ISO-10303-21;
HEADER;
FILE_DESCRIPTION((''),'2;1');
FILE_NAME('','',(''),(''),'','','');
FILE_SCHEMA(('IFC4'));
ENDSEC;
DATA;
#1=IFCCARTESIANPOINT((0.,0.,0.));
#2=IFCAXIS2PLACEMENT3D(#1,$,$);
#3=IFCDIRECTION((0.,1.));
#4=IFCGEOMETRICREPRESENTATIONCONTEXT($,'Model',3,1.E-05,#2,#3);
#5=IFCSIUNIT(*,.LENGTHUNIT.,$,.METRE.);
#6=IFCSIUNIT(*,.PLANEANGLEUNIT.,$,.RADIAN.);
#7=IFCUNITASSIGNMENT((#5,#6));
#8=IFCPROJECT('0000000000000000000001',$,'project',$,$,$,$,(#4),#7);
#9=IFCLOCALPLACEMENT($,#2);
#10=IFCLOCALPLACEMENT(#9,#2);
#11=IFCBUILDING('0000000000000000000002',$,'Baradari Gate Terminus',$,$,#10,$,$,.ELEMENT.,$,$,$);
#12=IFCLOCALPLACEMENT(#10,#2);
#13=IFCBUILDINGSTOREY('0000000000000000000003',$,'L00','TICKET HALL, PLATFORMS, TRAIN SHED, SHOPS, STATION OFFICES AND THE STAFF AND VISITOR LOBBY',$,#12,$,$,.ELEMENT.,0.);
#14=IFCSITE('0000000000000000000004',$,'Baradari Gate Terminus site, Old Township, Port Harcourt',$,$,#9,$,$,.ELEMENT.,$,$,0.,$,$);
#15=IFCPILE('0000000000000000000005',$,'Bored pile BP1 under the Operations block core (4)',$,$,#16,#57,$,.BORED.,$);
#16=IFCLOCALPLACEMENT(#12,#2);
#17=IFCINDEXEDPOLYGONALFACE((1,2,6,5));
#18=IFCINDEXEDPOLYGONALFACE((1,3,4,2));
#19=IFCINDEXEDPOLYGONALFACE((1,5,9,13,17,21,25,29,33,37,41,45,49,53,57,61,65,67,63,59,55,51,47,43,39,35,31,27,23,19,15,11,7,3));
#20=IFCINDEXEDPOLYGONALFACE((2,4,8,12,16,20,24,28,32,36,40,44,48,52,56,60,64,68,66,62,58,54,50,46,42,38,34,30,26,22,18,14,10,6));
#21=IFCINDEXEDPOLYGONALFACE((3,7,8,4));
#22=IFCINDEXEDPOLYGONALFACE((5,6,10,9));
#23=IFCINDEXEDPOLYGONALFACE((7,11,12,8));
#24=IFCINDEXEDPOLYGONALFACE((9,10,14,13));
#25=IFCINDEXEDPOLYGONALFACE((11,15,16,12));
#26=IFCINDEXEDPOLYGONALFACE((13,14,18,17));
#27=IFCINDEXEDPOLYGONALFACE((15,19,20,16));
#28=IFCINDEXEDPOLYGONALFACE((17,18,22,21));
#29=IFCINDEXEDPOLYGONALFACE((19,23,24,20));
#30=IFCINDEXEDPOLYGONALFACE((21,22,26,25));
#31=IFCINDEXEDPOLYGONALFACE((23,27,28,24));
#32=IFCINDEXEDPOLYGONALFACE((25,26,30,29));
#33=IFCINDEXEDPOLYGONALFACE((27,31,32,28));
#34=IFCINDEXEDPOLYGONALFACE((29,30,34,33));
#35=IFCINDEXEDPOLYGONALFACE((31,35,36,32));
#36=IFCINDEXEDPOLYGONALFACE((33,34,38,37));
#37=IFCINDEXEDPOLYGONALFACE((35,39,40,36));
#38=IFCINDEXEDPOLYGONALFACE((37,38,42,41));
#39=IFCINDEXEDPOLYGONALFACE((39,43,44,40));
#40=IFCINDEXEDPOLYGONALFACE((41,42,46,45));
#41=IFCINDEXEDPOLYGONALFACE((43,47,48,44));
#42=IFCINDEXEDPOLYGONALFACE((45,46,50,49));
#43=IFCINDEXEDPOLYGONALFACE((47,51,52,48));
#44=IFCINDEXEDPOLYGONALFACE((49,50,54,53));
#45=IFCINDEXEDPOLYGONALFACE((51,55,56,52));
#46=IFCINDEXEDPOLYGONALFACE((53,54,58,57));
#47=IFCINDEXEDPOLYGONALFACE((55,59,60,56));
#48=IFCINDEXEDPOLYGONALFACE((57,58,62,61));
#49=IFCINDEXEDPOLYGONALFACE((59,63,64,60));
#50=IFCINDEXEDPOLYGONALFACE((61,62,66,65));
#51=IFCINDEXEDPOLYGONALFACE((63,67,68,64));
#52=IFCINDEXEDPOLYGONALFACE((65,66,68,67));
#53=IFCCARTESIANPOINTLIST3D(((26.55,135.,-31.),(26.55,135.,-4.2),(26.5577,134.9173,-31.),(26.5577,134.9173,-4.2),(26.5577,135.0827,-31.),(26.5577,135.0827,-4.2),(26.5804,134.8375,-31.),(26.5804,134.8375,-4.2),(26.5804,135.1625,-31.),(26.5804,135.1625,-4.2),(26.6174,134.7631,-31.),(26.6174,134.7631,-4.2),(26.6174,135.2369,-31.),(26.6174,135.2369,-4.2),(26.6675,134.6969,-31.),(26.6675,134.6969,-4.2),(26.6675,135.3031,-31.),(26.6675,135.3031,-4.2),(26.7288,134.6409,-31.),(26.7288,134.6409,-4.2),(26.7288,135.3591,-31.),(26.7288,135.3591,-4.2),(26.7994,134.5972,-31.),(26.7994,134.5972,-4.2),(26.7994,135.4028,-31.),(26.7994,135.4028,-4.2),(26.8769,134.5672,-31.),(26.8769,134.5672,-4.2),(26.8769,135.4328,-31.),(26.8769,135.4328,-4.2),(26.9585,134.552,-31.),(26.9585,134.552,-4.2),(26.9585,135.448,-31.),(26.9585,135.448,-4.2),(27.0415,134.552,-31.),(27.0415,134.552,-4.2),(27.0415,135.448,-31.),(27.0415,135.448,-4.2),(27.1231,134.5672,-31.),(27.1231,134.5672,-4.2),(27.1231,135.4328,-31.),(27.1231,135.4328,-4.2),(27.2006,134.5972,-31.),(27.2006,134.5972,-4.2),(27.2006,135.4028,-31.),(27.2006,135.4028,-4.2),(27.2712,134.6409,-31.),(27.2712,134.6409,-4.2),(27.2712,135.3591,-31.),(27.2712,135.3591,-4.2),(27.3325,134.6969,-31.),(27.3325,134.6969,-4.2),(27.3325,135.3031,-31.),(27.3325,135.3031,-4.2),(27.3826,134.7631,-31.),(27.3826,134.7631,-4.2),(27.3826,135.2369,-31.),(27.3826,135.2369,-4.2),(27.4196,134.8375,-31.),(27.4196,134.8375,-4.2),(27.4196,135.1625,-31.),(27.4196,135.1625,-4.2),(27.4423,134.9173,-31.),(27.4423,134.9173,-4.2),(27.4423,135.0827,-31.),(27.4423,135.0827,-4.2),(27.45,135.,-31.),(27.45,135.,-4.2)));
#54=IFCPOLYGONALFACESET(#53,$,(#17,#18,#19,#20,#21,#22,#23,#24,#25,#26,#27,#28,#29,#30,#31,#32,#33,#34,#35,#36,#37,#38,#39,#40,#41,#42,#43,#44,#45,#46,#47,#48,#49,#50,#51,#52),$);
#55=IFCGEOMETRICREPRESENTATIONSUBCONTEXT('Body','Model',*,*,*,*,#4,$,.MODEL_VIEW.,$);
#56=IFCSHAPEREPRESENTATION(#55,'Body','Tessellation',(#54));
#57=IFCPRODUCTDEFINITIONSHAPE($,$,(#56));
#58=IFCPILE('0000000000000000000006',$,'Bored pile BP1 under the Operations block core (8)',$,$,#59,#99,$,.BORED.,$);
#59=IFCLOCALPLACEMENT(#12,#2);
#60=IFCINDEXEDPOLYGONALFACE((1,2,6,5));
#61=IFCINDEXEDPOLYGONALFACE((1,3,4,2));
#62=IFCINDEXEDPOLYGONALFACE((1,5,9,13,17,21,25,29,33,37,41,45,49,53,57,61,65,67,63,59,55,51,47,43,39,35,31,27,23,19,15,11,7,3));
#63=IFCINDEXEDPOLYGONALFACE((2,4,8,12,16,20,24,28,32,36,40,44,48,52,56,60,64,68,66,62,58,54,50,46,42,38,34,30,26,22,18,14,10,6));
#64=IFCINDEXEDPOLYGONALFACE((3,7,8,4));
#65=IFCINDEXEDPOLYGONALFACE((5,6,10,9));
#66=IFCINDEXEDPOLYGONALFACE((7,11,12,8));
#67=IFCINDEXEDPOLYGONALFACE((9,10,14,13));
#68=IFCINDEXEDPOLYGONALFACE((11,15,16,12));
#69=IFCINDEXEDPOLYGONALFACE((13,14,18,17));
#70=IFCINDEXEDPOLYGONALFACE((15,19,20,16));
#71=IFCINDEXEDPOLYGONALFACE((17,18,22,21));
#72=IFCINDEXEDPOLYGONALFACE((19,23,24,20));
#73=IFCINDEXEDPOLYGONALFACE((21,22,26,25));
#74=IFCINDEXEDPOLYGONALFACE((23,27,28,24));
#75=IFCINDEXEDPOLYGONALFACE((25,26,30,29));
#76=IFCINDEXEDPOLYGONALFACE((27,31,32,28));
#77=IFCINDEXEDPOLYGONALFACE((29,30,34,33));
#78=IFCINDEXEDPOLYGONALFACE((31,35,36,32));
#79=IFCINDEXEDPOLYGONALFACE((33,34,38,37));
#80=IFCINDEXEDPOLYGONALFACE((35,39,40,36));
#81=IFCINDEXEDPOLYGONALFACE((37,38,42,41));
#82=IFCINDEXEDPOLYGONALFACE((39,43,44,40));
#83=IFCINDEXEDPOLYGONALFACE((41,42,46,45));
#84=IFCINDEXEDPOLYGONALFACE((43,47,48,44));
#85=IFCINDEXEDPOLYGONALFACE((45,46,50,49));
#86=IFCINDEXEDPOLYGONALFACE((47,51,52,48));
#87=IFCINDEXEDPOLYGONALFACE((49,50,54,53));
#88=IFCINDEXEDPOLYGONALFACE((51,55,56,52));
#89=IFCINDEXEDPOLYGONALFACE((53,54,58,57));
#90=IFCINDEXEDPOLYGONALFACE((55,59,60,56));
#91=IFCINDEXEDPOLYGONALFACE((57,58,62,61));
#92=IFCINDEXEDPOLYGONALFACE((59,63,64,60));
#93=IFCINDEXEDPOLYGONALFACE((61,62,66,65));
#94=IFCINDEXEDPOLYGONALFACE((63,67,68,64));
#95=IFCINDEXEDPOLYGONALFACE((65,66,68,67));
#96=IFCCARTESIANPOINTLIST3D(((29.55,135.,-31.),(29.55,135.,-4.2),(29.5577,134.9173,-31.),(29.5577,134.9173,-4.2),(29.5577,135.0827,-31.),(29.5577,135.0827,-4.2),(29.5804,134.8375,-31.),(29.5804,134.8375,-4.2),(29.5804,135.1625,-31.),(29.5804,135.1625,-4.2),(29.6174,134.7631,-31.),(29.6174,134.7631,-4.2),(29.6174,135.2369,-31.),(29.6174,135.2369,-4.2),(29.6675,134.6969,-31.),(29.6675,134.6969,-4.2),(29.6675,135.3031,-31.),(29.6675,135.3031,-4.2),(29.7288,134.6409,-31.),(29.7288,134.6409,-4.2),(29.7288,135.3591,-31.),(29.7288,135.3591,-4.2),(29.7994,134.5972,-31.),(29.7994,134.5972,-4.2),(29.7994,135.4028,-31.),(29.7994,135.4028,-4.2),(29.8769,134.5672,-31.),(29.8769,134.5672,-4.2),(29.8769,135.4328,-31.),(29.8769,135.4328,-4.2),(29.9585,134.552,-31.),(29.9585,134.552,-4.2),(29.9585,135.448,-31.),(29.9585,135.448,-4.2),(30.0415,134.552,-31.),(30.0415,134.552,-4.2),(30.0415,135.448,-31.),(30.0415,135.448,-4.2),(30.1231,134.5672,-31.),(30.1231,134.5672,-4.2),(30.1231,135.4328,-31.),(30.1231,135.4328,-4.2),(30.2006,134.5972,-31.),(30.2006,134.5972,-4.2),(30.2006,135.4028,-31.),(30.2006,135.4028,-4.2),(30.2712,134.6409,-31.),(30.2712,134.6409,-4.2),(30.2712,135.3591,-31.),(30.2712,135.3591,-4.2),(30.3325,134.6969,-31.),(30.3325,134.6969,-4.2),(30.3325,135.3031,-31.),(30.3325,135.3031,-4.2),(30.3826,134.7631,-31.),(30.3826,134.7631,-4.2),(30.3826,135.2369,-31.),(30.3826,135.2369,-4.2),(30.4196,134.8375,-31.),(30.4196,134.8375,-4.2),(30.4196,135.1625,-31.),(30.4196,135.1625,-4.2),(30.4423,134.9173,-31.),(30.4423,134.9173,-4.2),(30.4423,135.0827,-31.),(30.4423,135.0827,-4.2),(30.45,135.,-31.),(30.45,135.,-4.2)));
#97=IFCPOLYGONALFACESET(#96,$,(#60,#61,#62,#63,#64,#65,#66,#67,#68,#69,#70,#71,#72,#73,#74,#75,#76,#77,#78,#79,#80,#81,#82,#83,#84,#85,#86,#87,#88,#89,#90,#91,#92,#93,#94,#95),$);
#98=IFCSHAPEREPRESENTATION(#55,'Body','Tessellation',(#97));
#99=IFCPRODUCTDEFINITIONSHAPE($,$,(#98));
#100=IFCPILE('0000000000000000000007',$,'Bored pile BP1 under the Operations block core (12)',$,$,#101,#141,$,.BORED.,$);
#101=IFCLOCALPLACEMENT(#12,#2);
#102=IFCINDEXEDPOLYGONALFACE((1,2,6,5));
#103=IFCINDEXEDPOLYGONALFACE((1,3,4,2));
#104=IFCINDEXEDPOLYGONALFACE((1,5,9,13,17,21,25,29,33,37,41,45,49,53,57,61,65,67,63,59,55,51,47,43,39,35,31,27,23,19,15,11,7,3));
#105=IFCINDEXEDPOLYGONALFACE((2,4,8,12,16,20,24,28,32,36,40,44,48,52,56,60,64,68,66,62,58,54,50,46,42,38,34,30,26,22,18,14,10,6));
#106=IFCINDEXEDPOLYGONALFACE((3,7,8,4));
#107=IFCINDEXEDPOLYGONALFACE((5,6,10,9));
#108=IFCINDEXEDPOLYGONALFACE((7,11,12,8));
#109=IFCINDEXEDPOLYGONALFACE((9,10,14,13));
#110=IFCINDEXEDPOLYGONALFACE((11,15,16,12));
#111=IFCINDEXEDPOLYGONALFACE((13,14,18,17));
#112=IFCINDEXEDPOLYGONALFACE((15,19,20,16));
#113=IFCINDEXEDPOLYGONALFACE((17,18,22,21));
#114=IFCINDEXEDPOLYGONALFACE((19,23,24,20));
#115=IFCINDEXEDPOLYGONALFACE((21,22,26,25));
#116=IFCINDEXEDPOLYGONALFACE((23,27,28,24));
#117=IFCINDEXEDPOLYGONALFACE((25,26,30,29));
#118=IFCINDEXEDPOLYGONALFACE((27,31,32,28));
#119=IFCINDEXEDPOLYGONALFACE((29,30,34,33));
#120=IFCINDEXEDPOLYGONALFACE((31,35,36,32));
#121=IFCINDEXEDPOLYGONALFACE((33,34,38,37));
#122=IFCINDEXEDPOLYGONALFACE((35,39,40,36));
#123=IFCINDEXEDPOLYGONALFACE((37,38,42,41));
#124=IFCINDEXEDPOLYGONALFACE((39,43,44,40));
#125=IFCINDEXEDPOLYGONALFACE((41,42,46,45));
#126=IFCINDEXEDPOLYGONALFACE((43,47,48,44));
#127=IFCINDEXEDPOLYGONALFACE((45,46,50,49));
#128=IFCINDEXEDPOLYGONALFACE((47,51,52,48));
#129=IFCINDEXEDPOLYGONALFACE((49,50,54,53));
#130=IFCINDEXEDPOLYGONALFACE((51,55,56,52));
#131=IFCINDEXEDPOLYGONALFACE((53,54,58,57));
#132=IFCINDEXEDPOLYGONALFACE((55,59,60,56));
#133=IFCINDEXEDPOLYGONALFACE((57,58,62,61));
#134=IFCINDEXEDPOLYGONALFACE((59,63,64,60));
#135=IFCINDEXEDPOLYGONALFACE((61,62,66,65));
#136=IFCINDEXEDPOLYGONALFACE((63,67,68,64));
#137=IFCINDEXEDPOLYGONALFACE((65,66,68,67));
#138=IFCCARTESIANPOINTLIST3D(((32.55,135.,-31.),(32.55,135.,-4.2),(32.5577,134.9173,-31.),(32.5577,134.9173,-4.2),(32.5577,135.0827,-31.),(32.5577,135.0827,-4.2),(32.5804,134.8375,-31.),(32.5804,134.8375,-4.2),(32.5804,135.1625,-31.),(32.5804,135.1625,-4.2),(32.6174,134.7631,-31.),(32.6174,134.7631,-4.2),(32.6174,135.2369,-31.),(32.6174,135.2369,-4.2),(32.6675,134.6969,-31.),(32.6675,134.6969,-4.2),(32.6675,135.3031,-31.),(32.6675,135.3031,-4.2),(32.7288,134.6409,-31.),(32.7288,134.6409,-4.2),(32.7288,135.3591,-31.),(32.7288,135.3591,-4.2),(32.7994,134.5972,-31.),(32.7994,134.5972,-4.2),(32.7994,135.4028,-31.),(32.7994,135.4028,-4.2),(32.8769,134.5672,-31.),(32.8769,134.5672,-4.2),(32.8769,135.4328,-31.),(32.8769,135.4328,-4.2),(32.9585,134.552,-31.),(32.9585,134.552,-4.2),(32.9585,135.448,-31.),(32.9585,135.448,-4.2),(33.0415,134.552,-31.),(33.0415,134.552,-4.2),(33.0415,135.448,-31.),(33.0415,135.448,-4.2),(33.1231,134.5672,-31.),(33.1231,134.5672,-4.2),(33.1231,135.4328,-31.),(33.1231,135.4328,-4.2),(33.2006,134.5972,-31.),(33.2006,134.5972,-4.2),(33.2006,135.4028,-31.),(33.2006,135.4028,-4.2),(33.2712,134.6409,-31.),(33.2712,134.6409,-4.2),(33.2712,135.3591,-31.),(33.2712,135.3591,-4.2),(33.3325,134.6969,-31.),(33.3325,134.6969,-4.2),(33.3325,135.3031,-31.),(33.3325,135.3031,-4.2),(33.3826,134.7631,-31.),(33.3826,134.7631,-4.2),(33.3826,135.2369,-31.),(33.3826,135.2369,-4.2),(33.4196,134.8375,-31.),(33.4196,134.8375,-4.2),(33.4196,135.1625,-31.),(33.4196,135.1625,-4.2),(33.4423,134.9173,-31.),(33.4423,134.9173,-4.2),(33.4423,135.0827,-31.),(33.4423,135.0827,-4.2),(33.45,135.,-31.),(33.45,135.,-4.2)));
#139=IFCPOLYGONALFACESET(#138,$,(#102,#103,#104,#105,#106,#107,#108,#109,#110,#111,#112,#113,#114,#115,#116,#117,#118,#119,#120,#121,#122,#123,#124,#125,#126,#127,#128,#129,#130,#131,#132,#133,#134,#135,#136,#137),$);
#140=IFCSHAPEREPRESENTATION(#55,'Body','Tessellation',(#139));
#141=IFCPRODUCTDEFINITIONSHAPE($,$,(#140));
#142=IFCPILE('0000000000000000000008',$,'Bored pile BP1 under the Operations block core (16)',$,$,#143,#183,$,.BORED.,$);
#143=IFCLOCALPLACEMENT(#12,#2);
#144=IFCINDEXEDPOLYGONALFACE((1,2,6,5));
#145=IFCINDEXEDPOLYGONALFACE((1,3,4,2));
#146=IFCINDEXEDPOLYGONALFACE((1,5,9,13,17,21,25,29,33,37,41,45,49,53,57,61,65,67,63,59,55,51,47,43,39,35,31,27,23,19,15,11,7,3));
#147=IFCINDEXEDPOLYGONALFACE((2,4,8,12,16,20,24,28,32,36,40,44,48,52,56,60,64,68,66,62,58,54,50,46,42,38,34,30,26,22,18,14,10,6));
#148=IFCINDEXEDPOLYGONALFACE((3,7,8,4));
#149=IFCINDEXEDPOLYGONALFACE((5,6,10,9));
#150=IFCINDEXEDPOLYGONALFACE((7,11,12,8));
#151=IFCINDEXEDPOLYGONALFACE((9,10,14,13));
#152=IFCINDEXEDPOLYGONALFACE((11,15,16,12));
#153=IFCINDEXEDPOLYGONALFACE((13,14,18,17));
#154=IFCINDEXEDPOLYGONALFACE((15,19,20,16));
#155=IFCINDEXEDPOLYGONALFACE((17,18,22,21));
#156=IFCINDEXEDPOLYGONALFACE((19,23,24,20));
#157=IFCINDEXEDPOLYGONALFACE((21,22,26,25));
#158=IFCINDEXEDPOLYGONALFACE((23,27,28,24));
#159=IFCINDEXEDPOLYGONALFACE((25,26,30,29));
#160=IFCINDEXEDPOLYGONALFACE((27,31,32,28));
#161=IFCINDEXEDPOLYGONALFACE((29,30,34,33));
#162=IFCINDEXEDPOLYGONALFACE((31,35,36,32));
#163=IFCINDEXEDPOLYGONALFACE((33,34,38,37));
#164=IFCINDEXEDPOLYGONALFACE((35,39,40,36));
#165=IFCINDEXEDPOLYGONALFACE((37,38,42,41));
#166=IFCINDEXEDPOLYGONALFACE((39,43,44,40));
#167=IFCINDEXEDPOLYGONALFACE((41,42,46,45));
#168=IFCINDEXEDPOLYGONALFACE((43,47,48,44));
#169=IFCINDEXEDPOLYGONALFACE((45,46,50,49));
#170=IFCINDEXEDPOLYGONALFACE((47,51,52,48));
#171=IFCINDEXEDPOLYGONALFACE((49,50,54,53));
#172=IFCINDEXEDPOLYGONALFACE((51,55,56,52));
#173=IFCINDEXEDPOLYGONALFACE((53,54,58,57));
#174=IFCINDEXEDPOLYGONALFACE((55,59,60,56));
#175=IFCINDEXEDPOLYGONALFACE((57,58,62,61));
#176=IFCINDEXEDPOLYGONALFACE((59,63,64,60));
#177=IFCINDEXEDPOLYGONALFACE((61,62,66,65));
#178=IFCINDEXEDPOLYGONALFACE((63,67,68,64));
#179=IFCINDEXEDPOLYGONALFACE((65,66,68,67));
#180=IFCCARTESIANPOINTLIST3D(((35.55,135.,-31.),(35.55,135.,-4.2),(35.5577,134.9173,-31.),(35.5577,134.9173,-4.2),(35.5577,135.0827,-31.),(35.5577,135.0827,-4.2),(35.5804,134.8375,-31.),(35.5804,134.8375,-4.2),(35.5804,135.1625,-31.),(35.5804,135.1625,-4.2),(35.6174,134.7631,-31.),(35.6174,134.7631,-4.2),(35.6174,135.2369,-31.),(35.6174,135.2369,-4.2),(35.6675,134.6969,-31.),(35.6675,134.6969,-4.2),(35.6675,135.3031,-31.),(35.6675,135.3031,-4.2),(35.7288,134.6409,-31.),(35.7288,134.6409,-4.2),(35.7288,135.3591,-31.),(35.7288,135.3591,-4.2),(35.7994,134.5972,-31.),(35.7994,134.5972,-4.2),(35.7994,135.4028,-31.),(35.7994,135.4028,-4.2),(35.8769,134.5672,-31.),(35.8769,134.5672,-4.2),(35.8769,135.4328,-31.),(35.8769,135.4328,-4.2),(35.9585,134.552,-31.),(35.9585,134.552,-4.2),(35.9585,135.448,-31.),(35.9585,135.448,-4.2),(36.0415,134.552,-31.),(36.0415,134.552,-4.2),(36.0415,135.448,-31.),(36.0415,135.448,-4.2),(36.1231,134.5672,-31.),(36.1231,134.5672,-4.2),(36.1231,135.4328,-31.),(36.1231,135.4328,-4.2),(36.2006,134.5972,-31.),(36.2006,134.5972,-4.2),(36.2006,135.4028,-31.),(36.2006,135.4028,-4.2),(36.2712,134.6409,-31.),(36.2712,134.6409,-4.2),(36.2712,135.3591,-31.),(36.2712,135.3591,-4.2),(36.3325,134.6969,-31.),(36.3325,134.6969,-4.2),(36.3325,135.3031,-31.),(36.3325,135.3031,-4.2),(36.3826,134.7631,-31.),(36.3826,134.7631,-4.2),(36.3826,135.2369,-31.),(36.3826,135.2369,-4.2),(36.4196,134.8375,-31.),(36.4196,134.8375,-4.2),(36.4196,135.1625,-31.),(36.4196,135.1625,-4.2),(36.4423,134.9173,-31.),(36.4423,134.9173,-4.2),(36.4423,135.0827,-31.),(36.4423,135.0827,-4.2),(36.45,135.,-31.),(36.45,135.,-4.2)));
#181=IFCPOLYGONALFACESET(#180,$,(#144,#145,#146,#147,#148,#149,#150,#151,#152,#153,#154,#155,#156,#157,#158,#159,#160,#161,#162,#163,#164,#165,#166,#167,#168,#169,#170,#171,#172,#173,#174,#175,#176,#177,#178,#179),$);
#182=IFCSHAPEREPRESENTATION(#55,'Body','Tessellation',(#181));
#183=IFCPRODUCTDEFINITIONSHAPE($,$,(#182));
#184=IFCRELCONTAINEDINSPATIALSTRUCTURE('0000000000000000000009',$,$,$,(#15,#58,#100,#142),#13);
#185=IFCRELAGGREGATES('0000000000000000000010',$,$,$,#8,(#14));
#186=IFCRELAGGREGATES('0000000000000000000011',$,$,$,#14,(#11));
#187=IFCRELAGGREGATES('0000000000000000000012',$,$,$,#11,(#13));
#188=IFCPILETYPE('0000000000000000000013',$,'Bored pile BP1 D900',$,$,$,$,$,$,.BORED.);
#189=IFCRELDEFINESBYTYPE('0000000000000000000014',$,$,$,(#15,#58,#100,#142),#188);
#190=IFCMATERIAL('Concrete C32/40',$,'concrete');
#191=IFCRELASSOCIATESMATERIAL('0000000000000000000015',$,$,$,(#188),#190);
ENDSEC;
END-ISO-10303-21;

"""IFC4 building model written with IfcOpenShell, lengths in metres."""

from ifc_helpers import new_model, si_unit, direction, frame, origin, origin_2d, place, context, subcontext, project, spatial, circle, extrude, material, type_object, element, save


model = new_model("IFC4")

# Units and contexts
model_context = context("Model", 3, precision=1e-05, world=origin(), true_north=direction((0.0, 1.0)))
body_context = subcontext(model_context, "Body", "Model", "MODEL_VIEW")
ifc_project = project(units=[si_unit("LENGTHUNIT", "METRE"), si_unit("PLANEANGLEUNIT", "RADIAN")], contexts=[model_context])

# Site, building, storey
site_placement = place(None, origin())
site = spatial("IfcSite", under=ifc_project, at=site_placement, Name="Baradari Gate Terminus site, Old Township, Port Harcourt", CompositionType="ELEMENT", RefElevation=0.0)
building_placement = place(site_placement, origin())
building = spatial("IfcBuilding", under=site, at=building_placement, Name="Baradari Gate Terminus", CompositionType="ELEMENT")
storey_placement = place(building_placement, origin())
storey = spatial("IfcBuildingStorey", under=building, at=storey_placement, Name="L00", Description="TICKET HALL, PLATFORMS, TRAIN SHED, SHOPS, STATION OFFICES AND THE STAFF AND VISITOR LOBBY", CompositionType="ELEMENT", Elevation=0.0)

# Piles
ifc_material_1 = material(Name="Concrete C32/40", Category="concrete")
pile_type_1 = type_object("IfcPileType", Name="Bored pile BP1 D900", PredefinedType="BORED", material=ifc_material_1)
for number, where, z_axis, x_axis, name in (
    (1, (27.0, 135.0, -4.2), (0.0, 0.0, -1.0), (1.0, 0.0, 0.0), "Bored pile BP1 under the Operations block core (4)"),
    (2, (30.0, 135.0, -4.2), (0.0, 0.0, -1.0), (1.0, 0.0, 0.0), "Bored pile BP1 under the Operations block core (8)"),
    (3, (33.0, 135.0, -4.2), (0.0, 0.0, -1.0), (1.0, 0.0, 0.0), "Bored pile BP1 under the Operations block core (12)"),
    (4, (36.0, 135.0, -4.2), (0.0, 0.0, -1.0), (1.0, 0.0, 0.0), "Bored pile BP1 under the Operations block core (16)"),
):
    element("IfcPile", number, at=place(storey_placement, frame(where, z_axis=z_axis, x_axis=x_axis)), inside=storey, type_object=pile_type_1, Name=name, PredefinedType="BORED", context=body_context, shape_type="SweptSolid", body=[
        extrude(circle(Radius=0.45, at=origin_2d()), origin(), (0.0, 0.0, 1.0), 26.8),
    ])

save(model, "model.ifc")
